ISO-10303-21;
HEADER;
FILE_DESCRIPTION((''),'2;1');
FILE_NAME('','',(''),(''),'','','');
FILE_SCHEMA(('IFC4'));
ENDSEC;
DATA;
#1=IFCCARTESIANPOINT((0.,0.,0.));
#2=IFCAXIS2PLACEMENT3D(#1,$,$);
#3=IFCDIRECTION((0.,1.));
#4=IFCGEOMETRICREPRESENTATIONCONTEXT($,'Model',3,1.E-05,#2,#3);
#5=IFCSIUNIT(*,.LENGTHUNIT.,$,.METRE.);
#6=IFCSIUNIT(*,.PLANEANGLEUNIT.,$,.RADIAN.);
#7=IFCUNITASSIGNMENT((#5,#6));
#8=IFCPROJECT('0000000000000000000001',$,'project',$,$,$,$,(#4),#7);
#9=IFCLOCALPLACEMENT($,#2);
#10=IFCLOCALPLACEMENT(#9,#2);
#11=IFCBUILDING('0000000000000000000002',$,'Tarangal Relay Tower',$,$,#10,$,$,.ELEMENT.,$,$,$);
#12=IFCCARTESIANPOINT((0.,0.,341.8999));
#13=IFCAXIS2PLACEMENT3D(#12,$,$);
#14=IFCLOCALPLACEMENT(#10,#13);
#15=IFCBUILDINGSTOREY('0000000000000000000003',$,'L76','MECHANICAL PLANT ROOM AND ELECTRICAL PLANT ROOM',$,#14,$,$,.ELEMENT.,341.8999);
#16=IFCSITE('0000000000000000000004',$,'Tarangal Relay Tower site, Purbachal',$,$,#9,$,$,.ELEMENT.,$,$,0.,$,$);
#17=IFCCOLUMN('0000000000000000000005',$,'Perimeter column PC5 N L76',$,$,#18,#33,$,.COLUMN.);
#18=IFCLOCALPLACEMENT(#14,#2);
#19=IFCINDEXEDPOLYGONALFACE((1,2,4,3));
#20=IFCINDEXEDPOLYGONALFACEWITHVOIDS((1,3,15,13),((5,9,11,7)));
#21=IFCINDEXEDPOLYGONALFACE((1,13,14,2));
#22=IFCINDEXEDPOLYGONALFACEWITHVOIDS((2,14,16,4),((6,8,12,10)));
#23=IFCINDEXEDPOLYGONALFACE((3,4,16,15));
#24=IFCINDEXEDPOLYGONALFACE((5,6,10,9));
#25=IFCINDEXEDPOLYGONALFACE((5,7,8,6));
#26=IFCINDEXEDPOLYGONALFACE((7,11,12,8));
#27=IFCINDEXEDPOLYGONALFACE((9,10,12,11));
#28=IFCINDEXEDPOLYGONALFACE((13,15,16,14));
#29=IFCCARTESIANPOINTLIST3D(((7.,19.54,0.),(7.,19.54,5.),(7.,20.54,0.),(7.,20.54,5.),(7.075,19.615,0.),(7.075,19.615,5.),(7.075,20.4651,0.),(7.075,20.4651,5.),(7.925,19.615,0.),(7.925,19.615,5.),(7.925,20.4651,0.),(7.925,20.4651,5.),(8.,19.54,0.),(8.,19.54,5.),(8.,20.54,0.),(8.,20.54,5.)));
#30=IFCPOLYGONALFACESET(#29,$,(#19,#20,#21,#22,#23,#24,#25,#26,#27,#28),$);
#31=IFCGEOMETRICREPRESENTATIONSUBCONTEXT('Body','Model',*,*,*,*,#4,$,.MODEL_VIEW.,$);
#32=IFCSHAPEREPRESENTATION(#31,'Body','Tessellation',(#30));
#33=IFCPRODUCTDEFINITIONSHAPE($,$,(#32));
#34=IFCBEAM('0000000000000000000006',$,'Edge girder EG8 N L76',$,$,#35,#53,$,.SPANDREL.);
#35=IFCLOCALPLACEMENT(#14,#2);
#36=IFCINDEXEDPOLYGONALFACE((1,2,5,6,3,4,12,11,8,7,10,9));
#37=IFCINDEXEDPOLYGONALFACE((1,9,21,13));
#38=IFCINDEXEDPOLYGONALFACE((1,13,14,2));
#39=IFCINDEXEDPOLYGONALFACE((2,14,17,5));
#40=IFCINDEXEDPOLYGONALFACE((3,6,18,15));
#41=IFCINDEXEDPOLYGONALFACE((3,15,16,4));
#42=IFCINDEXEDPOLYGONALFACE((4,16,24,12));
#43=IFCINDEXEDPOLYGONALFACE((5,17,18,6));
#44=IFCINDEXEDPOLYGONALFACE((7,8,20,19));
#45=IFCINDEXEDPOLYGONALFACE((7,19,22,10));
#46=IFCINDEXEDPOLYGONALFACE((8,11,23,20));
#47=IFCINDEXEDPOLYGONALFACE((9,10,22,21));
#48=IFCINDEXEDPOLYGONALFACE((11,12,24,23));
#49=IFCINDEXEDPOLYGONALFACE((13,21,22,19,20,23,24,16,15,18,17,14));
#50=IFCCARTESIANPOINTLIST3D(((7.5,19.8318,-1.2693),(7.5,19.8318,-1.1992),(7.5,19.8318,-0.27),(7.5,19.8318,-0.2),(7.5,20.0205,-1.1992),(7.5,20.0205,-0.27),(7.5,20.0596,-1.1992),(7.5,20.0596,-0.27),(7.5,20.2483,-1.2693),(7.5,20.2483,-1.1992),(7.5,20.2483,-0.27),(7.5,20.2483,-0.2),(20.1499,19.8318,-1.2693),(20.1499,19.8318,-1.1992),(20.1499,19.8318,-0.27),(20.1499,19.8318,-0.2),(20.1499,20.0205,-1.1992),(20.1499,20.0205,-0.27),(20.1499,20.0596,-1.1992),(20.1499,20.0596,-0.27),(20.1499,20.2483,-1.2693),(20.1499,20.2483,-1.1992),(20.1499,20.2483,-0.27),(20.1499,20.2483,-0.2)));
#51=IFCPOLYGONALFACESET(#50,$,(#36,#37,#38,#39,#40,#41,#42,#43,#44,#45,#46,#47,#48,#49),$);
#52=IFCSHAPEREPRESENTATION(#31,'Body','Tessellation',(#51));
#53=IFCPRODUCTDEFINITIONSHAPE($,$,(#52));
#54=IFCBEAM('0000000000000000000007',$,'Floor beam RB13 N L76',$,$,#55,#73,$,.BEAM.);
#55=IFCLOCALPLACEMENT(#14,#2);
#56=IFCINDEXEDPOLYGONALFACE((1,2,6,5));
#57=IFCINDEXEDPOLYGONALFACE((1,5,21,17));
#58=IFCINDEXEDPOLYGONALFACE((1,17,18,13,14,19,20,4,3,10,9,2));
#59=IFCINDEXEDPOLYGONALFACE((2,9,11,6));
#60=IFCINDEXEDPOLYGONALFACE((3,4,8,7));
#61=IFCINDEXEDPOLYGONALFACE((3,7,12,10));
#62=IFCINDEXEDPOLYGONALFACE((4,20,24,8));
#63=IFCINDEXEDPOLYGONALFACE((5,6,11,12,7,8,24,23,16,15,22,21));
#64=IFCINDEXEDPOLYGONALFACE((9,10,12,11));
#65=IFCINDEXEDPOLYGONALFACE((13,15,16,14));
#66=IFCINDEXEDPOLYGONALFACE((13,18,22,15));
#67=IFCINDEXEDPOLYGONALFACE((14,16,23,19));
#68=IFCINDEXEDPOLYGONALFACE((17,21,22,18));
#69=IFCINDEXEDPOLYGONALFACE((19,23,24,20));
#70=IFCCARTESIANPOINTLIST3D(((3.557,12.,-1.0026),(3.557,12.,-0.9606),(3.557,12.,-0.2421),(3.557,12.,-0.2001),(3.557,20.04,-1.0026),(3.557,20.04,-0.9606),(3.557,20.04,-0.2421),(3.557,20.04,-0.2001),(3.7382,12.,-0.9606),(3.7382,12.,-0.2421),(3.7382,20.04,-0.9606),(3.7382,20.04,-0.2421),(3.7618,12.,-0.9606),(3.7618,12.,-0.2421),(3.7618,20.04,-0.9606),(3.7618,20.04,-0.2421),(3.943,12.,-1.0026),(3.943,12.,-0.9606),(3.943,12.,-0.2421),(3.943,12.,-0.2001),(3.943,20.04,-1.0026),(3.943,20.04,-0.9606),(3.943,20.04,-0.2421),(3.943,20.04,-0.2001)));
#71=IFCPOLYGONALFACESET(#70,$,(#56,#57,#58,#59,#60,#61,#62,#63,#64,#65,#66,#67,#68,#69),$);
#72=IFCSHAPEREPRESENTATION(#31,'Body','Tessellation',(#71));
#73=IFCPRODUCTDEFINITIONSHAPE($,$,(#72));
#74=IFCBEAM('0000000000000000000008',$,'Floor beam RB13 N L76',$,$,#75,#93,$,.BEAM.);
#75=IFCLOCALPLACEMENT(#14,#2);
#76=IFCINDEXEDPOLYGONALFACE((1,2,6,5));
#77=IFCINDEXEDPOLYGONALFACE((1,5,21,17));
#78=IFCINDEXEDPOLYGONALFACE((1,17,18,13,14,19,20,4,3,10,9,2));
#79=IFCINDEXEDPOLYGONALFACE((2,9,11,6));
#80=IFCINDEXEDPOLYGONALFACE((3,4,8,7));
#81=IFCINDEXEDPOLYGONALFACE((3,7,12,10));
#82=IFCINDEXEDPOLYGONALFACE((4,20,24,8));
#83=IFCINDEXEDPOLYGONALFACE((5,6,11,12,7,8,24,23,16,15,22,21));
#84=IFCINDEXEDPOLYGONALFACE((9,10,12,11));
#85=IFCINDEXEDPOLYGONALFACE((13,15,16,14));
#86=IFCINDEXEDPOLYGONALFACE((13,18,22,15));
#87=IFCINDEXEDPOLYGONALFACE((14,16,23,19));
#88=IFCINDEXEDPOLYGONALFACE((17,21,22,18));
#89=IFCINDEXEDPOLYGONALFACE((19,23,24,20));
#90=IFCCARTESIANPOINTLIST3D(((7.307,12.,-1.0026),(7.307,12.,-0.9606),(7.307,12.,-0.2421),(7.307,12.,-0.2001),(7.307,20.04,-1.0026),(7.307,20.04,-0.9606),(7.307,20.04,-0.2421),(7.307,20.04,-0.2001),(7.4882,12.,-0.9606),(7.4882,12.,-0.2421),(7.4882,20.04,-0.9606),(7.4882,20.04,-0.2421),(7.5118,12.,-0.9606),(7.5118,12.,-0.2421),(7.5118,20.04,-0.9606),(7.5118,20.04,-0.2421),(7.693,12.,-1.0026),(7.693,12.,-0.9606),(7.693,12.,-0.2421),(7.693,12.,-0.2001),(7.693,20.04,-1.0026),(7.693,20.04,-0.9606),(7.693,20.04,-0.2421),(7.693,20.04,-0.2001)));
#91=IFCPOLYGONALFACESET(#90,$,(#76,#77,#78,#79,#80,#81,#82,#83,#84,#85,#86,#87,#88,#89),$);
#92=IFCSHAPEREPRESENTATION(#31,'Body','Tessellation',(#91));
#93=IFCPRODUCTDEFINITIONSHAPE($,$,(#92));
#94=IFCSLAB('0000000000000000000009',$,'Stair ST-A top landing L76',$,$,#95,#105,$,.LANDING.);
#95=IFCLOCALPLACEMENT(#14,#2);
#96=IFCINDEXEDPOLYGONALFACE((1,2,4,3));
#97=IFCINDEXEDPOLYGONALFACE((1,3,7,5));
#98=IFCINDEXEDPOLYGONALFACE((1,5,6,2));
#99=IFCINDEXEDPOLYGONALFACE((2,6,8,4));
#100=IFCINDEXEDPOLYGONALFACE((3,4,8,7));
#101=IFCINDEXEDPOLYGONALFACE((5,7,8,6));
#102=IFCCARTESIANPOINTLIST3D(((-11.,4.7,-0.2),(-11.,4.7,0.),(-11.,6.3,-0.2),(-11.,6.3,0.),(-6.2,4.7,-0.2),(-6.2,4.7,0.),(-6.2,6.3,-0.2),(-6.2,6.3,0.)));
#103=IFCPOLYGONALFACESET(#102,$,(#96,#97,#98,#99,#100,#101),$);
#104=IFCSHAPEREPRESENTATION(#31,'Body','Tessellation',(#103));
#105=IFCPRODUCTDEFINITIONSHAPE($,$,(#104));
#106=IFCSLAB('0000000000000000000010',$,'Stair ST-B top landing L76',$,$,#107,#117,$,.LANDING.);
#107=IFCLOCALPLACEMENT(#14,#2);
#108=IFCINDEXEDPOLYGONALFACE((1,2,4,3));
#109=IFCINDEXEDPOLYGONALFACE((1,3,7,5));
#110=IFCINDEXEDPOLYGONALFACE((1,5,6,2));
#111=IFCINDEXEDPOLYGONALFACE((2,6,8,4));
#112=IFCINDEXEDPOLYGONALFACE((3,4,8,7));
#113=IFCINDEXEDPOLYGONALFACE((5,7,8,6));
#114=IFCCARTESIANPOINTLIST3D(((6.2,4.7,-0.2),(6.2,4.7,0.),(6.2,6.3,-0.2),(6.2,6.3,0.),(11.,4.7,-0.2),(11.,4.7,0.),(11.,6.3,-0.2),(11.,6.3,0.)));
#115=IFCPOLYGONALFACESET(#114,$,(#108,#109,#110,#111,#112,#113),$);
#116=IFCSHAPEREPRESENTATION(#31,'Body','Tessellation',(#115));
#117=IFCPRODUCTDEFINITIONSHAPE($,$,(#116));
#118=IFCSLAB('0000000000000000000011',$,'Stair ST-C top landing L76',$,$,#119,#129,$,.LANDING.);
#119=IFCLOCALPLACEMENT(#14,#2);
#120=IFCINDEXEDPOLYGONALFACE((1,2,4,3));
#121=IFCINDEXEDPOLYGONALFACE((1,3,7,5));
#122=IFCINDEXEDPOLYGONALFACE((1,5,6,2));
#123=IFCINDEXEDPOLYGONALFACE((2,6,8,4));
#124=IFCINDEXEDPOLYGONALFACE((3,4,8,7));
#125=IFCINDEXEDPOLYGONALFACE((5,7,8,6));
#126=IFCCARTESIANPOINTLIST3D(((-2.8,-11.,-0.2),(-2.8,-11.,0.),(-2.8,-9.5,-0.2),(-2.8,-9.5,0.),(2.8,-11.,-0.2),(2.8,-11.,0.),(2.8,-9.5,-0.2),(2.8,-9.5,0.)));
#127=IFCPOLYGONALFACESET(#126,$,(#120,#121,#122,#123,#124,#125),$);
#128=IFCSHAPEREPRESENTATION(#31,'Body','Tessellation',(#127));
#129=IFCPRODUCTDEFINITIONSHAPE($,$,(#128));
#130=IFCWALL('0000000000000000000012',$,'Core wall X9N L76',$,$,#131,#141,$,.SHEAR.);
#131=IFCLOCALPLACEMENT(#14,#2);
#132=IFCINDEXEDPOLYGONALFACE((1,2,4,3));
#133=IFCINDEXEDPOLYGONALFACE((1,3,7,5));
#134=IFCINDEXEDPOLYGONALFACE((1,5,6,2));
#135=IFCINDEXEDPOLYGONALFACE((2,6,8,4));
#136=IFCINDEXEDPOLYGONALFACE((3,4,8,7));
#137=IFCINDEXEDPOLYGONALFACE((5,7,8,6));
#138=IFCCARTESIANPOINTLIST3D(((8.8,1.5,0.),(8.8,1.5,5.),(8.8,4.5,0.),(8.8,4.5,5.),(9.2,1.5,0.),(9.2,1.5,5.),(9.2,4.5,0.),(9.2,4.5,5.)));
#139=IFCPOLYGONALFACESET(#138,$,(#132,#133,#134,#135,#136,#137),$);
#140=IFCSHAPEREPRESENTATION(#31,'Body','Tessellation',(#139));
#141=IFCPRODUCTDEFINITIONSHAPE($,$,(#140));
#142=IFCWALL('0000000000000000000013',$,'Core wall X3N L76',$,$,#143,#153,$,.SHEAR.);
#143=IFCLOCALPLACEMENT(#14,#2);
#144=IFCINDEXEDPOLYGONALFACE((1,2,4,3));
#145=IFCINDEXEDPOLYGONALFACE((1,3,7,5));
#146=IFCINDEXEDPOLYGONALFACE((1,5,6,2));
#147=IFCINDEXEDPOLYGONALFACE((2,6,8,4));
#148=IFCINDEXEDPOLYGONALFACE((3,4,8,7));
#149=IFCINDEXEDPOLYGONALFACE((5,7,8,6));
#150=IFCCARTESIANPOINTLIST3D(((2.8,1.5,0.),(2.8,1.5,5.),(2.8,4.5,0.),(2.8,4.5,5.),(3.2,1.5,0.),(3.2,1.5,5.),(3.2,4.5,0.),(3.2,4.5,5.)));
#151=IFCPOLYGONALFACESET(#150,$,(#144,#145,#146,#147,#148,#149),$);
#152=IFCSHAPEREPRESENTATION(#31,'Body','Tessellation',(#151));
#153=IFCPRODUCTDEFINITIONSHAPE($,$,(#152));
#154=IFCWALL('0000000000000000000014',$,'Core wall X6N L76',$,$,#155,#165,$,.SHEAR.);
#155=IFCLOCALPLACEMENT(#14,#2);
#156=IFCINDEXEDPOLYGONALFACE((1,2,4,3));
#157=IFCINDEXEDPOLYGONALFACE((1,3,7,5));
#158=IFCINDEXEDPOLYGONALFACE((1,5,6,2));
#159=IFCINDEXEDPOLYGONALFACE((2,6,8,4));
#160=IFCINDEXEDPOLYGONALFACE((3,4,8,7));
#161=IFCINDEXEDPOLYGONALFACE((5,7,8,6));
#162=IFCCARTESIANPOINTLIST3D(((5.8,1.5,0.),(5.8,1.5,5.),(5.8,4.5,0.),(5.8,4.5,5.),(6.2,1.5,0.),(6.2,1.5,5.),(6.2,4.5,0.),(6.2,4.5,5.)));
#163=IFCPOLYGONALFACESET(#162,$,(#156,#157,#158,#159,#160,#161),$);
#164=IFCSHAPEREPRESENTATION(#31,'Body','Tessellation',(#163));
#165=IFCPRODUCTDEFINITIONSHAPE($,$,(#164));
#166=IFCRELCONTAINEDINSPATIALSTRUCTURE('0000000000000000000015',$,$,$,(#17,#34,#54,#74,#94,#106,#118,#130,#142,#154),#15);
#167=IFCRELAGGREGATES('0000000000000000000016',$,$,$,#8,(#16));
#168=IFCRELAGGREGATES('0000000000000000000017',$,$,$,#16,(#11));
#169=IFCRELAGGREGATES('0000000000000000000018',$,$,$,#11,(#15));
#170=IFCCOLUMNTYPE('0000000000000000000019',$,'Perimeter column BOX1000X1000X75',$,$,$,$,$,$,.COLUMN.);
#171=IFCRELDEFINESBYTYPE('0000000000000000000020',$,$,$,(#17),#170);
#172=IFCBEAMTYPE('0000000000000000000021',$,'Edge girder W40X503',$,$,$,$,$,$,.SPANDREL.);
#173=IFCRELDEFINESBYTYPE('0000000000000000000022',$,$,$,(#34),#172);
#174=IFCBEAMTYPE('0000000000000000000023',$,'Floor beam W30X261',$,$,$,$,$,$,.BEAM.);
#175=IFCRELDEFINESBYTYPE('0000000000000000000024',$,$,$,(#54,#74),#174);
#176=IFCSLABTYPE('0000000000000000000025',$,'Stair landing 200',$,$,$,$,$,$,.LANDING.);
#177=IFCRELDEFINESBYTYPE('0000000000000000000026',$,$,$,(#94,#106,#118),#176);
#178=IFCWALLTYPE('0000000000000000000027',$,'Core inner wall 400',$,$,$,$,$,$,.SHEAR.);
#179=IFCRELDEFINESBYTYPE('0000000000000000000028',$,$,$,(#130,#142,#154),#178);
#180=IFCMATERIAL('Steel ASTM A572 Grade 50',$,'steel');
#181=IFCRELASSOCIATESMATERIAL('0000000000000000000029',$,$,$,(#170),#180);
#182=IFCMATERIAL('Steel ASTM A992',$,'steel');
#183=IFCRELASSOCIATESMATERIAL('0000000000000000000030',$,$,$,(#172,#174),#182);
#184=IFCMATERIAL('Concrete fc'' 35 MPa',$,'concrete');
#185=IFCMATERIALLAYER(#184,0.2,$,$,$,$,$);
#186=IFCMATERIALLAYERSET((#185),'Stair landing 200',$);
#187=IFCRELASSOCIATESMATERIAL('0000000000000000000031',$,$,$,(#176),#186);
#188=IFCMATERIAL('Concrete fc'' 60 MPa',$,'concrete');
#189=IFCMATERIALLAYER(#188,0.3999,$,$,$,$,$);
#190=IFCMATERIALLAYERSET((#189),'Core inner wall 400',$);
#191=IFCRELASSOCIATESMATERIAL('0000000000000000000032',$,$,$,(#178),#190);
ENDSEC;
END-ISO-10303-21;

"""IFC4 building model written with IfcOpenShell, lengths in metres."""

from ifc_helpers import new_model, si_unit, direction, frame, frame_2d, origin, origin_2d, place, context, subcontext, project, spatial, polyline, rectangle, hollow_rectangle, i_section, outline, extrude, material, layer, layer_set, material_profile, profile_set, type_object, element, save


model = new_model("IFC4")

# Units and contexts
model_context = context("Model", 3, precision=1e-05, world=origin(), true_north=direction((0.0, 1.0)))
body_context = subcontext(model_context, "Body", "Model", "MODEL_VIEW")
ifc_project = project(units=[si_unit("LENGTHUNIT", "METRE"), si_unit("PLANEANGLEUNIT", "RADIAN")], contexts=[model_context])

# Site, building, storey
site_placement = place(None, origin())
site = spatial("IfcSite", under=ifc_project, at=site_placement, Name="Tarangal Relay Tower site, Purbachal", CompositionType="ELEMENT", RefElevation=0.0)
building_placement = place(site_placement, origin())
building = spatial("IfcBuilding", under=site, at=building_placement, Name="Tarangal Relay Tower", CompositionType="ELEMENT")
storey_placement = place(building_placement, frame((0.0, 0.0, 341.8999)))
storey = spatial("IfcBuildingStorey", under=building, at=storey_placement, Name="L76", Description="MECHANICAL PLANT ROOM AND ELECTRICAL PLANT ROOM", CompositionType="ELEMENT", Elevation=341.8999)

# Column
ifc_material_1 = material(Name="Steel ASTM A572 Grade 50", Category="steel")
ifc_material_profile_1 = material_profile(ifc_material_1, hollow_rectangle(XDim=1.0, YDim=1.0, WallThickness=0.075, at=origin_2d()), Name="BOX1000X1000X75")
ifc_profile_set_1 = profile_set([ifc_material_profile_1], Name="Steel ASTM A572 Grade 50")
column_type = type_object("IfcColumnType", Name="Perimeter column BOX1000X1000X75", PredefinedType="COLUMN", material=ifc_profile_set_1)
column_placement = place(storey_placement, frame((7.5, 20.04, 0.0), z_axis=(0.0, 0.0, 1.0), x_axis=(1.0, 0.0, 0.0)))
element("IfcColumn", 1, at=column_placement, inside=storey, type_object=column_type, Name="Perimeter column PC5 N L76", PredefinedType="COLUMN", context=body_context, shape_type="SweptSolid", body=[
    extrude(hollow_rectangle(XDim=1.0, YDim=1.0, WallThickness=0.075, at=origin_2d()), origin(), (0.0, 0.0, 1.0), 5.0),
])

# Beams
ifc_material_2 = material(Name="Steel ASTM A992", Category="steel")
ifc_material_profile_2 = material_profile(ifc_material_2, i_section(OverallWidth=0.4165, OverallDepth=1.0693, WebThickness=0.0391, FlangeThickness=0.0701, at=origin_2d()), Name="W40X503")
ifc_profile_set_2 = profile_set([ifc_material_profile_2], Name="Steel ASTM A992")
beam_type_1 = type_object("IfcBeamType", Name="Edge girder W40X503", PredefinedType="SPANDREL", material=ifc_profile_set_2)
beam_placement = place(storey_placement, frame((7.5, 20.04, -0.7346), z_axis=(1.0, 0.0, 0.0), x_axis=(0.0, 1.0, 0.0)))
element("IfcBeam", 2, at=beam_placement, inside=storey, type_object=beam_type_1, Name="Edge girder EG8 N L76", PredefinedType="SPANDREL", context=body_context, shape_type="SweptSolid", body=[
    extrude(i_section(OverallWidth=0.4165, OverallDepth=1.0693, WebThickness=0.0391, FlangeThickness=0.0701, at=origin_2d()), origin(), (0.0, 0.0, 1.0), 12.6499),
])
ifc_material_profile_3 = material_profile(ifc_material_2, i_section(OverallWidth=0.386, OverallDepth=0.8025, WebThickness=0.0237, FlangeThickness=0.042, at=origin_2d()), Name="W30X261")
ifc_profile_set_3 = profile_set([ifc_material_profile_3], Name="Steel ASTM A992")
beam_type_2 = type_object("IfcBeamType", Name="Floor beam W30X261", PredefinedType="BEAM", material=ifc_profile_set_3)
for number, where, z_axis, x_axis, name in (
    (3, (3.75, 12.0, -0.6013), (0.0, 1.0, 0.0), (-1.0, 0.0, 0.0), "Floor beam RB13 N L76"),
    (4, (7.5, 12.0, -0.6013), (0.0, 1.0, 0.0), (-1.0, 0.0, 0.0), "Floor beam RB13 N L76"),
):
    element("IfcBeam", number, at=place(storey_placement, frame(where, z_axis=z_axis, x_axis=x_axis)), inside=storey, type_object=beam_type_2, Name=name, PredefinedType="BEAM", context=body_context, shape_type="SweptSolid", body=[
        extrude(i_section(OverallWidth=0.386, OverallDepth=0.8025, WebThickness=0.0237, FlangeThickness=0.042, at=origin_2d()), origin(), (0.0, 0.0, 1.0), 8.04),
    ])

# Slabs
ifc_material_3 = material(Name="Concrete fc' 35 MPa", Category="concrete")
ifc_layer_1 = layer(ifc_material_3, 0.2)
ifc_layer_set_1 = layer_set([ifc_layer_1], Name="Stair landing 200")
slab_type = type_object("IfcSlabType", Name="Stair landing 200", PredefinedType="LANDING", material=ifc_layer_set_1)
slab_1_placement = place(storey_placement, frame((0.0, 0.0, -0.2)))
element("IfcSlab", 5, at=slab_1_placement, inside=storey, type_object=slab_type, Name="Stair ST-A top landing L76", PredefinedType="LANDING", context=body_context, shape_type="SweptSolid", body=[
    extrude(outline(polyline([(-11.0, 4.7), (-6.2, 4.7), (-6.2, 6.3), (-11.0, 6.3), (-11.0, 4.7)])), origin(), (0.0, 0.0, 1.0), 0.2),
])
slab_2_placement = place(storey_placement, frame((0.0, 0.0, -0.2)))
element("IfcSlab", 6, at=slab_2_placement, inside=storey, type_object=slab_type, Name="Stair ST-B top landing L76", PredefinedType="LANDING", context=body_context, shape_type="SweptSolid", body=[
    extrude(outline(polyline([(6.2, 4.7), (11.0, 4.7), (11.0, 6.3), (6.2, 6.3), (6.2, 4.7)])), origin(), (0.0, 0.0, 1.0), 0.2),
])
slab_3_placement = place(storey_placement, frame((0.0, 0.0, -0.2)))
element("IfcSlab", 7, at=slab_3_placement, inside=storey, type_object=slab_type, Name="Stair ST-C top landing L76", PredefinedType="LANDING", context=body_context, shape_type="SweptSolid", body=[
    extrude(outline(polyline([(-2.8, -11.0), (2.8, -11.0), (2.8, -9.5), (-2.8, -9.5), (-2.8, -11.0)])), origin(), (0.0, 0.0, 1.0), 0.2),
])

# Walls
ifc_material_4 = material(Name="Concrete fc' 60 MPa", Category="concrete")
ifc_layer_2 = layer(ifc_material_4, 0.3999)
ifc_layer_set_2 = layer_set([ifc_layer_2], Name="Core inner wall 400")
wall_type_1 = type_object("IfcWallType", Name="Core inner wall 400", PredefinedType="SHEAR", material=ifc_layer_set_2)
for number, where, z_axis, x_axis, name in (
    (8, (9.0, 1.5, 0.0), (0.0, 0.0, 1.0), (0.0, 1.0, 0.0), "Core wall X9N L76"),
    (9, (3.0, 1.5, 0.0), (0.0, 0.0, 1.0), (0.0, 1.0, 0.0), "Core wall X3N L76"),
    (10, (6.0, 1.5, 0.0), (0.0, 0.0, 1.0), (0.0, 1.0, 0.0), "Core wall X6N L76"),
):
    element("IfcWall", number, at=place(storey_placement, frame(where, z_axis=z_axis, x_axis=x_axis)), inside=storey, type_object=wall_type_1, Name=name, PredefinedType="SHEAR", context=body_context, shape_type="SweptSolid", body=[
        extrude(rectangle(XDim=3.0, YDim=0.3999, at=frame_2d((1.5, 0.0))), origin(), (0.0, 0.0, 1.0), 5.0),
    ])

save(model, "model.ifc")
